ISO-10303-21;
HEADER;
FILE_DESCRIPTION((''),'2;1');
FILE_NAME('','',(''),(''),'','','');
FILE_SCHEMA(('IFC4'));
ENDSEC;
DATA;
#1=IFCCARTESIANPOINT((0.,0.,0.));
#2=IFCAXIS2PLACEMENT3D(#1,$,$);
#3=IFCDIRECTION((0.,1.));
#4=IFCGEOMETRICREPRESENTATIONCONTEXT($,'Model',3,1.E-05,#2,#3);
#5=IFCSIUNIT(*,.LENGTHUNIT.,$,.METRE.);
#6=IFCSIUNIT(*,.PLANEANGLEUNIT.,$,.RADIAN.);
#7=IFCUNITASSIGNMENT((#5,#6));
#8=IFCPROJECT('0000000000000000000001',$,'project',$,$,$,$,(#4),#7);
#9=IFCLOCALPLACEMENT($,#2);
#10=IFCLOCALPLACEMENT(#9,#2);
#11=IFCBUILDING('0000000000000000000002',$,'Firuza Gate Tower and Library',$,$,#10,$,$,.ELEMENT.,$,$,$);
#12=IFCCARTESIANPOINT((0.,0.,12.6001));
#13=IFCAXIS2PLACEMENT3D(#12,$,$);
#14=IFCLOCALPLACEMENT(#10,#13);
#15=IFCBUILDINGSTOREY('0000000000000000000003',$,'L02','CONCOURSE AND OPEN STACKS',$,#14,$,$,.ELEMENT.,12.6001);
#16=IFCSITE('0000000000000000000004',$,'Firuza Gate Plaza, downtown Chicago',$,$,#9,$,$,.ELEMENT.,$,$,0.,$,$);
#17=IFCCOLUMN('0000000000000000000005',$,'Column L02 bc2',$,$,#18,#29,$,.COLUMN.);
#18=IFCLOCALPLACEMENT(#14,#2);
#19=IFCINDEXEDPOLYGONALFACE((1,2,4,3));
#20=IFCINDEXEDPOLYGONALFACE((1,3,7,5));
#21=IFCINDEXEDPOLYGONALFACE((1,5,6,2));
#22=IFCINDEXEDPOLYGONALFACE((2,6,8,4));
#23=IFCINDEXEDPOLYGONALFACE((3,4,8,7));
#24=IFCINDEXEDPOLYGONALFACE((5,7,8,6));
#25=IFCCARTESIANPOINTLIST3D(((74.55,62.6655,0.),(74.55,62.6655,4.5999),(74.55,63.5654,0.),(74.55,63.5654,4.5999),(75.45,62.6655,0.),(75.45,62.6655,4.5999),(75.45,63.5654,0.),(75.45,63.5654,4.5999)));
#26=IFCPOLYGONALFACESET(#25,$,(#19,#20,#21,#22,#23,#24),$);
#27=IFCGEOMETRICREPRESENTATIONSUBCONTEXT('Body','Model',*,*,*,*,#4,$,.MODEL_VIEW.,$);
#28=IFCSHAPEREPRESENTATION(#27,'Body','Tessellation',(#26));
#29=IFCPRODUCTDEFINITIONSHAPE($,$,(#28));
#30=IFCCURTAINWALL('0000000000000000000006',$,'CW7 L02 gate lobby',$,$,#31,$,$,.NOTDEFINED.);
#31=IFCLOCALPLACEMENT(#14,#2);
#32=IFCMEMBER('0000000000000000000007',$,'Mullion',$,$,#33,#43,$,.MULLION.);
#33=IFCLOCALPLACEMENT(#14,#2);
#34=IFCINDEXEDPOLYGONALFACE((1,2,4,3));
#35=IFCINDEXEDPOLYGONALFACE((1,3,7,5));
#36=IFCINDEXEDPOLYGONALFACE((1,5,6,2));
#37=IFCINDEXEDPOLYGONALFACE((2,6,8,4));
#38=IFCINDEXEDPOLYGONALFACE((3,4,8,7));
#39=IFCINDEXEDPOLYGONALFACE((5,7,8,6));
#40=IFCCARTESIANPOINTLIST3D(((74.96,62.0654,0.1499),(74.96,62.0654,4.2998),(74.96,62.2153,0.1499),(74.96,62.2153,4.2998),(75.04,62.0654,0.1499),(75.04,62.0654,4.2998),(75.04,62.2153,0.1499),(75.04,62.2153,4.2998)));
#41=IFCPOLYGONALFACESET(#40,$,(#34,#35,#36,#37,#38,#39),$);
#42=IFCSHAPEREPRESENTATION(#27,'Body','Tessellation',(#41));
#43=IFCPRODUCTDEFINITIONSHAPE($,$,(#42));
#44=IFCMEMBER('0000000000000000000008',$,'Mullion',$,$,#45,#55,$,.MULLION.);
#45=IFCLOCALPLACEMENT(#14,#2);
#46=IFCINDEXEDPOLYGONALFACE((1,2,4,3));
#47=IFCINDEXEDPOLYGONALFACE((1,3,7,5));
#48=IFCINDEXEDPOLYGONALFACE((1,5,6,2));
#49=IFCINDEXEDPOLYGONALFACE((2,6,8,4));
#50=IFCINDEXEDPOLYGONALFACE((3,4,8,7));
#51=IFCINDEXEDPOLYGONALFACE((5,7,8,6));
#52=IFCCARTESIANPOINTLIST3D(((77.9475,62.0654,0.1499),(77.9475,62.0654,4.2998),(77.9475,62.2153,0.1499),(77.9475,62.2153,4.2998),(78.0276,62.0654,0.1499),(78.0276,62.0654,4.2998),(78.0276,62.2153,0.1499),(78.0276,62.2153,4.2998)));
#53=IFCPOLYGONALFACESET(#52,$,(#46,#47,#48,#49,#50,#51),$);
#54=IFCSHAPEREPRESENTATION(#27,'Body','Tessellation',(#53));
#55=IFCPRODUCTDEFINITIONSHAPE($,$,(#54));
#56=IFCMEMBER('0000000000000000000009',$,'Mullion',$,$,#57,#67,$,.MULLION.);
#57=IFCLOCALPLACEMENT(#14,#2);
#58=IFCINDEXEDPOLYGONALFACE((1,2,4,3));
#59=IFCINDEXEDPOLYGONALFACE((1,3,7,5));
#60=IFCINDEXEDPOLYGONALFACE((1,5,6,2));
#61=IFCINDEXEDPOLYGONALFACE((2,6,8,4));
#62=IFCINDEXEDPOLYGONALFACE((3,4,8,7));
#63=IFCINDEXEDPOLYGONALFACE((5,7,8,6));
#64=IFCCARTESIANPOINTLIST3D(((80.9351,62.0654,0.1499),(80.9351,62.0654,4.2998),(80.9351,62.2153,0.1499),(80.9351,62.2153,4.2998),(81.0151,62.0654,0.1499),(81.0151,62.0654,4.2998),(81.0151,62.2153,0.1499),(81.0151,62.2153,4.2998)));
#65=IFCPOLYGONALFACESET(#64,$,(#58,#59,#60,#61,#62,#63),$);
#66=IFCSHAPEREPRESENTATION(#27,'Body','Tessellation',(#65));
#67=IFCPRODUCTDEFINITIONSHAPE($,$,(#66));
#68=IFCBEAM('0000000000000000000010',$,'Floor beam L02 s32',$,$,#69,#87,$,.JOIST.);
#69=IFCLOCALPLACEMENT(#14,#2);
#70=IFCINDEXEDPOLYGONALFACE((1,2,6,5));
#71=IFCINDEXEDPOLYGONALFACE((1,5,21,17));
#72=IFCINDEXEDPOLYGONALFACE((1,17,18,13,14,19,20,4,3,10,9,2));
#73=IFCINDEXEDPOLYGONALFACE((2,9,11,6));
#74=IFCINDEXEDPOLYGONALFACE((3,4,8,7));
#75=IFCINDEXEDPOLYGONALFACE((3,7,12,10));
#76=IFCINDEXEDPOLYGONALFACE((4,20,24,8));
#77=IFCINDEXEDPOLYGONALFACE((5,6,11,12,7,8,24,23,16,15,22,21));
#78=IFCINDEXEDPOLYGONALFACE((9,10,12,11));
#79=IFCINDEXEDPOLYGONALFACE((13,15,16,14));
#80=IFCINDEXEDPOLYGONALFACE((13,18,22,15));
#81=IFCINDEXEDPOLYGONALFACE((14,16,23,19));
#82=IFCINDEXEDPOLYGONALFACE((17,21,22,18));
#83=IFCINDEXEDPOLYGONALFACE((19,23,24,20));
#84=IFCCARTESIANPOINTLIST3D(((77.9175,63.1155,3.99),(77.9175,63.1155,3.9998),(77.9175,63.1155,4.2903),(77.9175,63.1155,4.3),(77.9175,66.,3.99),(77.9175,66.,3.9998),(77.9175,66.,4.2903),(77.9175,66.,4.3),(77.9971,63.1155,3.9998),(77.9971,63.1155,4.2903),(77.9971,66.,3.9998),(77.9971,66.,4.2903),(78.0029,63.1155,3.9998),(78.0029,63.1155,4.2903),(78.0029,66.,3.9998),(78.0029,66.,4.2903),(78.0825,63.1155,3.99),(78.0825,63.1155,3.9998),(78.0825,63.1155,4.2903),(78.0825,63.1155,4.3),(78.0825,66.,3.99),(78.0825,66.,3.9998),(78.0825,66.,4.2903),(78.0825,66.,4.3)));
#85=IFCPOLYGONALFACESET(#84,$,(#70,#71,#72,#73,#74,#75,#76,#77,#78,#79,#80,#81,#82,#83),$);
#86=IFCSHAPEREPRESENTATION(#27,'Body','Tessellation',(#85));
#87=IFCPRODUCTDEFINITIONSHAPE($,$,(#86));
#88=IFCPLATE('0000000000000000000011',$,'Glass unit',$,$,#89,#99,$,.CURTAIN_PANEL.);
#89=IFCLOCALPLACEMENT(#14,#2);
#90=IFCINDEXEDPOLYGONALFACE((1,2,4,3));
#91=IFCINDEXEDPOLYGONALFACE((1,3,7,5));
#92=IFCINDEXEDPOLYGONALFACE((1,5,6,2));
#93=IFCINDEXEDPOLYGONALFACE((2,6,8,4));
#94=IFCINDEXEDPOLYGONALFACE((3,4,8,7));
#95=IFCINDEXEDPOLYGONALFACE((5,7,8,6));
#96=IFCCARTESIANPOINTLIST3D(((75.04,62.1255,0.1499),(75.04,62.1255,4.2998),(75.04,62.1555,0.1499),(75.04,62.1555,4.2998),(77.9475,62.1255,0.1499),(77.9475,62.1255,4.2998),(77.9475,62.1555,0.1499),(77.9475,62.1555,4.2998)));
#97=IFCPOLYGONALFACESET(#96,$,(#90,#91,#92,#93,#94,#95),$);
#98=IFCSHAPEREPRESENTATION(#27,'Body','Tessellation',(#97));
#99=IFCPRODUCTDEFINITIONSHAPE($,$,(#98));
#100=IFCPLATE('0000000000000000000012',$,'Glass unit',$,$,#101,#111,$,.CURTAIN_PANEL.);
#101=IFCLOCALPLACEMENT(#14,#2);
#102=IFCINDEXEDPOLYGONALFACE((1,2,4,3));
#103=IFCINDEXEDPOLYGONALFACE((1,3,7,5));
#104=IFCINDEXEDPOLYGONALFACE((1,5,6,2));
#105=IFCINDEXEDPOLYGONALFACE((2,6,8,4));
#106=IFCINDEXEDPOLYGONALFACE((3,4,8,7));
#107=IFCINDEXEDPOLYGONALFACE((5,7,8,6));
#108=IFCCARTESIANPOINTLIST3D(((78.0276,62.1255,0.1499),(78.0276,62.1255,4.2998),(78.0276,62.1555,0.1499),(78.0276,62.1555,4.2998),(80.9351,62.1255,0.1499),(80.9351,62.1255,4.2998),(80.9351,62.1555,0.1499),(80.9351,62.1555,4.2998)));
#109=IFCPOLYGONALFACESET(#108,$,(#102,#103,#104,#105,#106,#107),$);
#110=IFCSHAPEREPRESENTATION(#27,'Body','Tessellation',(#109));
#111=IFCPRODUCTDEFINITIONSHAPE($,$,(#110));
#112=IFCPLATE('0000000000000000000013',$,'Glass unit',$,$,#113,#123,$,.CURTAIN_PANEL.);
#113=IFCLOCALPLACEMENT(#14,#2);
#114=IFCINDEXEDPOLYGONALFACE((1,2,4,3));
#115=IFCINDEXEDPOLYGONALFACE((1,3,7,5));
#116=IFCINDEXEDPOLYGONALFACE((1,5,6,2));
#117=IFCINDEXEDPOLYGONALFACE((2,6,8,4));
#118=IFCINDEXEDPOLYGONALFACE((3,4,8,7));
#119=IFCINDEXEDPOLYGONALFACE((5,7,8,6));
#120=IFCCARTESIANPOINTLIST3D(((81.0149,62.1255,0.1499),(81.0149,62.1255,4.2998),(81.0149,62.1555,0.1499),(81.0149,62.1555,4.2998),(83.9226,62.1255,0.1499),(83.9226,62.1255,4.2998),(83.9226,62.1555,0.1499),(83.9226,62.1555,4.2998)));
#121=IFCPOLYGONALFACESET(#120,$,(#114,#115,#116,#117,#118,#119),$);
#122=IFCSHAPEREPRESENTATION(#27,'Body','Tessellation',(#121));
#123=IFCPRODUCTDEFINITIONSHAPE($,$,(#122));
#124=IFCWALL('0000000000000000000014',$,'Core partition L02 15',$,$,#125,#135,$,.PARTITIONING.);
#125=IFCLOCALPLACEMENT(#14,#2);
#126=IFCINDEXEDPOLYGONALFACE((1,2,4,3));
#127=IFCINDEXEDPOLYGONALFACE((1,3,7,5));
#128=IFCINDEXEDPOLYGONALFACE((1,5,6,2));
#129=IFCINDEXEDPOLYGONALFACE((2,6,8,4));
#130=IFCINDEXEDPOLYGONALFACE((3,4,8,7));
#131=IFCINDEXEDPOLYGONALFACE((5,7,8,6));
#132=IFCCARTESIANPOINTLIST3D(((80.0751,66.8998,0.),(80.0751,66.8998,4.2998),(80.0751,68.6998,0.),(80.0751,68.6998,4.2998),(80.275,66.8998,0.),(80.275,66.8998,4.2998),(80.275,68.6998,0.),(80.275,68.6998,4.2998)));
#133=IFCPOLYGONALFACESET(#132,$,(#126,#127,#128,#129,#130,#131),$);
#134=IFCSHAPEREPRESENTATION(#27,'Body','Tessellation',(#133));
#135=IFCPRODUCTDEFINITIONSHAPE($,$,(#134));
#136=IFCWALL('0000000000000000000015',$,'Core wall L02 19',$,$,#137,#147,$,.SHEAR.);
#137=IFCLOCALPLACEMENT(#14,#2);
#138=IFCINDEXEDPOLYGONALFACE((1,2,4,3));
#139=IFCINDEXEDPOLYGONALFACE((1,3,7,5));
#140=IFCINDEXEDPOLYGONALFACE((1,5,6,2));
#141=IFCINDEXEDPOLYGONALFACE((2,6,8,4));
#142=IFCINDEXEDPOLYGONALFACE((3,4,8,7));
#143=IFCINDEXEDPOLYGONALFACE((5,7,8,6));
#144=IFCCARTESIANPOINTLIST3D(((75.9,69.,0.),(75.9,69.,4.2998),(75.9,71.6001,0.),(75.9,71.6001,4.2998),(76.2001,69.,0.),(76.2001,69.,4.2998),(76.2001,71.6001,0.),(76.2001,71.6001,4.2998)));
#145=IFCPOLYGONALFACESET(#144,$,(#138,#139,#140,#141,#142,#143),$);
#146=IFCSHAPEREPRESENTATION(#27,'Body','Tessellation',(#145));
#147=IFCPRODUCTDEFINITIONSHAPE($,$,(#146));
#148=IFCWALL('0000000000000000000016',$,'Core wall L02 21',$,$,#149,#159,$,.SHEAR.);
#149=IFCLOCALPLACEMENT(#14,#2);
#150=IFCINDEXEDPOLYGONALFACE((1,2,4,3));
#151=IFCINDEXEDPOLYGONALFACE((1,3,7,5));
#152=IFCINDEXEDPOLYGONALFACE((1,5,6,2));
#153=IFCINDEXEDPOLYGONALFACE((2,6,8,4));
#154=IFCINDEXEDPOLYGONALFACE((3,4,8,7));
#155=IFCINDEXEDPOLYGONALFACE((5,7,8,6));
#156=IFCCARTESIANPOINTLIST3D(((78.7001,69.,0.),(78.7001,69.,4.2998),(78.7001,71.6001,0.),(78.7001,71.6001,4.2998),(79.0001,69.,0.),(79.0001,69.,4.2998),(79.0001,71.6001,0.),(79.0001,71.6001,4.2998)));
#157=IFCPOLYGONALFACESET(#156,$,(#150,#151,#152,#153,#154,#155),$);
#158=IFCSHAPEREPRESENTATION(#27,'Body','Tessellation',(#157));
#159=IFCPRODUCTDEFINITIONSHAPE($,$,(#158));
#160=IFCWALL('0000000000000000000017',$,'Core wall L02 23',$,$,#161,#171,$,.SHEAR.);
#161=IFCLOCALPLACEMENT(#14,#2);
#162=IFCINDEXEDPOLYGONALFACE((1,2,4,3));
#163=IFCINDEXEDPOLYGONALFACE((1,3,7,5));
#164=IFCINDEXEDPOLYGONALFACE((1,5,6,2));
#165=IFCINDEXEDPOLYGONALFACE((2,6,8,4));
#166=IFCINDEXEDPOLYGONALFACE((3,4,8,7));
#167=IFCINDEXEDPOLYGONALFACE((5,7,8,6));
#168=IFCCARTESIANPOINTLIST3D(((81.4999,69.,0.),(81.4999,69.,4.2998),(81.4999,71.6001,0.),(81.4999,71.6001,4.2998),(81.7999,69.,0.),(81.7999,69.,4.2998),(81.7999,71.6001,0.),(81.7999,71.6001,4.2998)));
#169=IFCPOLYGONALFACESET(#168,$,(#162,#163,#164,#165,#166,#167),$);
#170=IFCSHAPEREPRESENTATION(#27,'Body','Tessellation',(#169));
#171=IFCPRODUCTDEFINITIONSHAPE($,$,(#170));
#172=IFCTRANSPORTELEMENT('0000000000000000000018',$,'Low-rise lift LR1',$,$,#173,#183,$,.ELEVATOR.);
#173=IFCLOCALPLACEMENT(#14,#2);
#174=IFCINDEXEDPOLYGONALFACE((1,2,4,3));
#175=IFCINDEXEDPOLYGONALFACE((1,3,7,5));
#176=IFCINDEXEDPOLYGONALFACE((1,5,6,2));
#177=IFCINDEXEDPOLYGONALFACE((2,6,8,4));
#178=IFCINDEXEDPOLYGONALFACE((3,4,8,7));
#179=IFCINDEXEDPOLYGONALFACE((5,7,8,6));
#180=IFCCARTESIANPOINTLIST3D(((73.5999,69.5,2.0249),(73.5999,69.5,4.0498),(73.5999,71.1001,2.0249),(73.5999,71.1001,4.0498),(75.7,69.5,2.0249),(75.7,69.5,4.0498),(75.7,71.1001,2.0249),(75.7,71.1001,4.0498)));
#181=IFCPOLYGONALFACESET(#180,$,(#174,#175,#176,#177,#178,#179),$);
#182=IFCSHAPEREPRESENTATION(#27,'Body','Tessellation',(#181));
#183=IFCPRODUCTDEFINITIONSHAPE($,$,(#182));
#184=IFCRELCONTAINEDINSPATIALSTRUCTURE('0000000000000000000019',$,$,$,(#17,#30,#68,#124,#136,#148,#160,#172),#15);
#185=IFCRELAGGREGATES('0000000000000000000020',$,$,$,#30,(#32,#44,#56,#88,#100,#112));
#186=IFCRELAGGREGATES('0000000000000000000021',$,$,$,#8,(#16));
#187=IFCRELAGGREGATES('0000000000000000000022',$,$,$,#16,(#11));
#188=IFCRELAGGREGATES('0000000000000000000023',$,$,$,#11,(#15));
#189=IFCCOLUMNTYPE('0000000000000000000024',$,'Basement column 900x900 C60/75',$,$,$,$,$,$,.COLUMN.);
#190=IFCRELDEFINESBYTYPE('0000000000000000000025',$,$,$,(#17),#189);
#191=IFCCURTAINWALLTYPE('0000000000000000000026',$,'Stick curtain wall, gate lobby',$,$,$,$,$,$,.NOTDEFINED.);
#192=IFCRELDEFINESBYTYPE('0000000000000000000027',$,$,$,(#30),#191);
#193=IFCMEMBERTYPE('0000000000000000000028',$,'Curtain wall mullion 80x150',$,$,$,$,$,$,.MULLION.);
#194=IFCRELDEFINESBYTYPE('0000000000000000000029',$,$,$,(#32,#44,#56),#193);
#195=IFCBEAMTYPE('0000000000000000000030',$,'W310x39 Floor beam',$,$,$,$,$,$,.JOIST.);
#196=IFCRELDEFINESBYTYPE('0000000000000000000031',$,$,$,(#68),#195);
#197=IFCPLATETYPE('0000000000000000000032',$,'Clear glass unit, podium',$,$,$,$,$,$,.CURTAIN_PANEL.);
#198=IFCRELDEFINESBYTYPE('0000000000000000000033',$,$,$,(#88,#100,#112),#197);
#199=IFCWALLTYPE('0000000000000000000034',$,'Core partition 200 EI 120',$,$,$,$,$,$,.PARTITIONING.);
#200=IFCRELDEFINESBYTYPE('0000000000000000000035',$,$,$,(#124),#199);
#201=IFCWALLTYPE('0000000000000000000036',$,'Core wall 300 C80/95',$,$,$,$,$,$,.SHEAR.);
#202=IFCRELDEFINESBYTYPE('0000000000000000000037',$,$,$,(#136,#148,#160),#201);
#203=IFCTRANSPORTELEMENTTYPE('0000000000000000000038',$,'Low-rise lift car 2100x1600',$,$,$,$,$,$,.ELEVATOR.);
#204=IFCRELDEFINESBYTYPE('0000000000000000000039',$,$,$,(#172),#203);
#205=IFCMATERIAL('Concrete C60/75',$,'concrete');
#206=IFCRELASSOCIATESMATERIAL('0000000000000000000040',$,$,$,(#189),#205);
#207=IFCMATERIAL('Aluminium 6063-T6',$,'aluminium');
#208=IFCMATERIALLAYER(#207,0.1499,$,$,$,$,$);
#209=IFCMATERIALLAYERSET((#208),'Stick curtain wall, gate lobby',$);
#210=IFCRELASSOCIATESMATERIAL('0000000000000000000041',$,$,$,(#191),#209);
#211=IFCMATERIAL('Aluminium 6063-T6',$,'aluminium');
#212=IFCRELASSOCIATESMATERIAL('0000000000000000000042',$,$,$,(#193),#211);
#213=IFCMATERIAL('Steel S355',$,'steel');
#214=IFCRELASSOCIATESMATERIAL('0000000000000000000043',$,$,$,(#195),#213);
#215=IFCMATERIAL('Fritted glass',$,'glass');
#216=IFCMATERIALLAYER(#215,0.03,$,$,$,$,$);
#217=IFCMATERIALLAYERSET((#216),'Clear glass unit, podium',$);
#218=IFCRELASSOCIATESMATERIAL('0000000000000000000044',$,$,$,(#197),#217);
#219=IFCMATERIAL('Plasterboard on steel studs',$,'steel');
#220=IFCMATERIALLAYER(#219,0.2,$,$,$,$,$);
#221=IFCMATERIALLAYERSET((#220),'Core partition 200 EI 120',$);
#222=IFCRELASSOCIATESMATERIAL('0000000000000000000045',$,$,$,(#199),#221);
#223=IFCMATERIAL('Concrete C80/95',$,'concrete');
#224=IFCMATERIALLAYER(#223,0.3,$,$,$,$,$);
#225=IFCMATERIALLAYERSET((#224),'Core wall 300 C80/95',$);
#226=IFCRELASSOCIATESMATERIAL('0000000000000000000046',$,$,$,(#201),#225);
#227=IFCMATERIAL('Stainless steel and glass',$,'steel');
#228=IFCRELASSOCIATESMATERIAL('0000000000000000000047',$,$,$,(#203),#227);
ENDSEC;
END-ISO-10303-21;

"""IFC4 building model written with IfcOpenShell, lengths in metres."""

from ifc_helpers import new_model, si_unit, direction, frame, frame_2d, origin, origin_2d, place, context, subcontext, project, spatial, polyline, rectangle, i_section, outline, extrude, material, layer, layer_set, material_profile, profile_set, type_object, element, aggregate, save


model = new_model("IFC4")

# Units and contexts
model_context = context("Model", 3, precision=1e-05, world=origin(), true_north=direction((0.0, 1.0)))
body_context = subcontext(model_context, "Body", "Model", "MODEL_VIEW")
ifc_project = project(units=[si_unit("LENGTHUNIT", "METRE"), si_unit("PLANEANGLEUNIT", "RADIAN")], contexts=[model_context])

# Site, building, storey
site_placement = place(None, origin())
site = spatial("IfcSite", under=ifc_project, at=site_placement, Name="Firuza Gate Plaza, downtown Chicago", CompositionType="ELEMENT", RefElevation=0.0)
building_placement = place(site_placement, origin())
building = spatial("IfcBuilding", under=site, at=building_placement, Name="Firuza Gate Tower and Library", CompositionType="ELEMENT")
storey_placement = place(building_placement, frame((0.0, 0.0, 12.6001)))
storey = spatial("IfcBuildingStorey", under=building, at=storey_placement, Name="L02", Description="CONCOURSE AND OPEN STACKS", CompositionType="ELEMENT", Elevation=12.6001)

# Column
ifc_material_1 = material(Name="Concrete C60/75", Category="concrete")
ifc_material_profile_1 = material_profile(ifc_material_1, rectangle(XDim=0.8999, YDim=0.8999, at=origin_2d()))
ifc_profile_set_1 = profile_set([ifc_material_profile_1], Name="Concrete C60/75")
column_type = type_object("IfcColumnType", Name="Basement column 900x900 C60/75", PredefinedType="COLUMN", material=ifc_profile_set_1)
column_placement = place(storey_placement, frame((75.0, 63.1155, 0.0), z_axis=(0.0, 0.0, 1.0), x_axis=(1.0, 0.0, 0.0)))
element("IfcColumn", 1, at=column_placement, inside=storey, type_object=column_type, Name="Column L02 bc2", PredefinedType="COLUMN", context=body_context, shape_type="SweptSolid", body=[
    extrude(rectangle(XDim=0.8999, YDim=0.8999, at=origin_2d()), origin(), (0.0, 0.0, 1.0), 4.5999),
])

# Curtain wall, members
ifc_material_2 = material(Name="Aluminium 6063-T6", Category="aluminium")
ifc_layer_1 = layer(ifc_material_2, 0.1499)
ifc_layer_set_1 = layer_set([ifc_layer_1], Name="Stick curtain wall, gate lobby")
curtain_wall_type = type_object("IfcCurtainWallType", Name="Stick curtain wall, gate lobby", PredefinedType="NOTDEFINED", material=ifc_layer_set_1)
curtain_wall_placement = place(storey_placement, origin())
curtain_wall = element("IfcCurtainWall", 2, at=curtain_wall_placement, inside=storey, type_object=curtain_wall_type, Name="CW7 L02 gate lobby", PredefinedType="NOTDEFINED")
ifc_material_3 = material(Name="Aluminium 6063-T6", Category="aluminium")
ifc_material_profile_2 = material_profile(ifc_material_3, rectangle(XDim=0.1499, YDim=0.0801, at=origin_2d()))
ifc_profile_set_2 = profile_set([ifc_material_profile_2], Name="Aluminium 6063-T6")
member_type = type_object("IfcMemberType", Name="Curtain wall mullion 80x150", PredefinedType="MULLION", material=ifc_profile_set_2)
member_1_placement = place(storey_placement, frame((75.0, 62.1404, 0.1499), z_axis=(0.0, 0.0, 1.0), x_axis=(0.0, 1.0, 0.0)))
member_1 = element("IfcMember", 3, at=member_1_placement, type_object=member_type, Name="Mullion", PredefinedType="MULLION", context=body_context, shape_type="SweptSolid", body=[
    extrude(rectangle(XDim=0.1499, YDim=0.0801, at=origin_2d()), origin(), (0.0, 0.0, 1.0), 4.1499),
])
member_2_placement = place(storey_placement, frame((77.9875, 62.1404, 0.1499), z_axis=(0.0, 0.0, 1.0), x_axis=(0.0, 1.0, 0.0)))
member_2 = element("IfcMember", 4, at=member_2_placement, type_object=member_type, Name="Mullion", PredefinedType="MULLION", context=body_context, shape_type="SweptSolid", body=[
    extrude(rectangle(XDim=0.1499, YDim=0.0801, at=origin_2d()), origin(), (0.0, 0.0, 1.0), 4.1499),
])
member_3_placement = place(storey_placement, frame((80.9751, 62.1404, 0.1499), z_axis=(0.0, 0.0, 1.0), x_axis=(0.0, 1.0, 0.0)))
member_3 = element("IfcMember", 5, at=member_3_placement, type_object=member_type, Name="Mullion", PredefinedType="MULLION", context=body_context, shape_type="SweptSolid", body=[
    extrude(rectangle(XDim=0.1499, YDim=0.0801, at=origin_2d()), origin(), (0.0, 0.0, 1.0), 4.1499),
])

# Beam
ifc_material_4 = material(Name="Steel S355", Category="steel")
ifc_material_profile_3 = material_profile(ifc_material_4, i_section(OverallWidth=0.165, OverallDepth=0.3101, WebThickness=0.0059, FlangeThickness=0.0098, at=origin_2d()))
ifc_profile_set_3 = profile_set([ifc_material_profile_3], Name="Steel S355")
beam_type = type_object("IfcBeamType", Name="W310x39 Floor beam", PredefinedType="JOIST", material=ifc_profile_set_3)
beam_placement = place(storey_placement, frame((78.0, 63.1155, 4.145), z_axis=(0.0, 1.0, 0.0), x_axis=(-1.0, 0.0, 0.0)))
element("IfcBeam", 6, at=beam_placement, inside=storey, type_object=beam_type, Name="Floor beam L02 s32", PredefinedType="JOIST", context=body_context, shape_type="SweptSolid", body=[
    extrude(i_section(OverallWidth=0.165, OverallDepth=0.3101, WebThickness=0.0059, FlangeThickness=0.0098, at=origin_2d()), origin(), (0.0, 0.0, 1.0), 2.8845),
])

# Plates
ifc_material_5 = material(Name="Fritted glass", Category="glass")
ifc_layer_2 = layer(ifc_material_5, 0.03)
ifc_layer_set_2 = layer_set([ifc_layer_2], Name="Clear glass unit, podium")
plate_type = type_object("IfcPlateType", Name="Clear glass unit, podium", PredefinedType="CURTAIN_PANEL", material=ifc_layer_set_2)
plate_1_placement = place(storey_placement, frame((75.04, 62.1255, 0.1499), z_axis=(0.0, -1.0, 0.0), x_axis=(1.0, 0.0, 0.0)))
plate_1 = element("IfcPlate", 7, at=plate_1_placement, type_object=plate_type, Name="Glass unit", PredefinedType="CURTAIN_PANEL", context=body_context, shape_type="SweptSolid", body=[
    extrude(outline(polyline([(0.0, 0.0), (2.9075, 0.0), (2.9075, 4.1499), (0.0, 4.1499), (0.0, 0.0)])), origin(), (0.0, 0.0, -1.0), 0.03),
])
plate_2_placement = place(storey_placement, frame((78.0276, 62.1255, 0.1499), z_axis=(0.0, -1.0, 0.0), x_axis=(1.0, 0.0, 0.0)))
plate_2 = element("IfcPlate", 8, at=plate_2_placement, type_object=plate_type, Name="Glass unit", PredefinedType="CURTAIN_PANEL", context=body_context, shape_type="SweptSolid", body=[
    extrude(outline(polyline([(0.0, 0.0), (2.9075, 0.0), (2.9075, 4.1499), (0.0, 4.1499), (0.0, 0.0)])), origin(), (0.0, 0.0, -1.0), 0.03),
])
plate_3_placement = place(storey_placement, frame((81.0149, 62.1255, 0.1499), z_axis=(0.0, -1.0, 0.0), x_axis=(1.0, 0.0, 0.0)))
plate_3 = element("IfcPlate", 9, at=plate_3_placement, type_object=plate_type, Name="Glass unit", PredefinedType="CURTAIN_PANEL", context=body_context, shape_type="SweptSolid", body=[
    extrude(outline(polyline([(0.0, 0.0), (2.9077, 0.0), (2.9077, 4.1499), (0.0, 4.1499), (0.0, 0.0)])), origin(), (0.0, 0.0, -1.0), 0.03),
])
aggregate(curtain_wall, [member_1, member_2, member_3, plate_1, plate_2, plate_3])

# Walls
ifc_material_6 = material(Name="Plasterboard on steel studs", Category="steel")
ifc_layer_3 = layer(ifc_material_6, 0.2)
ifc_layer_set_3 = layer_set([ifc_layer_3], Name="Core partition 200 EI 120")
wall_type_1 = type_object("IfcWallType", Name="Core partition 200 EI 120", PredefinedType="PARTITIONING", material=ifc_layer_set_3)
wall_placement = place(storey_placement, frame((80.175, 66.8999, 0.0), z_axis=(0.0, 0.0, 1.0), x_axis=(0.0, 1.0, 0.0)))
element("IfcWall", 10, at=wall_placement, inside=storey, type_object=wall_type_1, Name="Core partition L02 15", PredefinedType="PARTITIONING", context=body_context, shape_type="SweptSolid", body=[
    extrude(rectangle(XDim=1.8, YDim=0.2, at=frame_2d((0.8999, 0.0))), origin(), (0.0, 0.0, 1.0), 4.2998),
])
ifc_material_7 = material(Name="Concrete C80/95", Category="concrete")
ifc_layer_4 = layer(ifc_material_7, 0.3)
ifc_layer_set_4 = layer_set([ifc_layer_4], Name="Core wall 300 C80/95")
wall_type_2 = type_object("IfcWallType", Name="Core wall 300 C80/95", PredefinedType="SHEAR", material=ifc_layer_set_4)
for number, where, z_axis, x_axis, name in (
    (11, (76.05, 69.0, 0.0), (0.0, 0.0, 1.0), (0.0, 1.0, 0.0), "Core wall L02 19"),
    (12, (78.8501, 69.0, 0.0), (0.0, 0.0, 1.0), (0.0, 1.0, 0.0), "Core wall L02 21"),
    (13, (81.6499, 69.0, 0.0), (0.0, 0.0, 1.0), (0.0, 1.0, 0.0), "Core wall L02 23"),
):
    element("IfcWall", number, at=place(storey_placement, frame(where, z_axis=z_axis, x_axis=x_axis)), inside=storey, type_object=wall_type_2, Name=name, PredefinedType="SHEAR", context=body_context, shape_type="SweptSolid", body=[
        extrude(rectangle(XDim=2.6001, YDim=0.3, at=frame_2d((1.3, 0.0))), origin(), (0.0, 0.0, 1.0), 4.2998),
    ])

# Transport element
ifc_material_8 = material(Name="Stainless steel and glass", Category="steel")
transport_element_type = type_object("IfcTransportElementType", Name="Low-rise lift car 2100x1600", PredefinedType="ELEVATOR", material=ifc_material_8)
for number, where, z_axis, x_axis, name in (
    (14, (74.6499, 70.3, 2.0249), (0.0, 0.0, 1.0), (1.0, 0.0, 0.0), "Low-rise lift LR1"),
):
    element("IfcTransportElement", number, at=place(storey_placement, frame(where, z_axis=z_axis, x_axis=x_axis)), inside=storey, type_object=transport_element_type, Name=name, PredefinedType="ELEVATOR", context=body_context, shape_type="SweptSolid", body=[
        extrude(rectangle(XDim=2.1001, YDim=1.6001, at=origin_2d()), origin(), (0.0, 0.0, 1.0), 2.0249),
    ])

save(model, "model.ifc")
